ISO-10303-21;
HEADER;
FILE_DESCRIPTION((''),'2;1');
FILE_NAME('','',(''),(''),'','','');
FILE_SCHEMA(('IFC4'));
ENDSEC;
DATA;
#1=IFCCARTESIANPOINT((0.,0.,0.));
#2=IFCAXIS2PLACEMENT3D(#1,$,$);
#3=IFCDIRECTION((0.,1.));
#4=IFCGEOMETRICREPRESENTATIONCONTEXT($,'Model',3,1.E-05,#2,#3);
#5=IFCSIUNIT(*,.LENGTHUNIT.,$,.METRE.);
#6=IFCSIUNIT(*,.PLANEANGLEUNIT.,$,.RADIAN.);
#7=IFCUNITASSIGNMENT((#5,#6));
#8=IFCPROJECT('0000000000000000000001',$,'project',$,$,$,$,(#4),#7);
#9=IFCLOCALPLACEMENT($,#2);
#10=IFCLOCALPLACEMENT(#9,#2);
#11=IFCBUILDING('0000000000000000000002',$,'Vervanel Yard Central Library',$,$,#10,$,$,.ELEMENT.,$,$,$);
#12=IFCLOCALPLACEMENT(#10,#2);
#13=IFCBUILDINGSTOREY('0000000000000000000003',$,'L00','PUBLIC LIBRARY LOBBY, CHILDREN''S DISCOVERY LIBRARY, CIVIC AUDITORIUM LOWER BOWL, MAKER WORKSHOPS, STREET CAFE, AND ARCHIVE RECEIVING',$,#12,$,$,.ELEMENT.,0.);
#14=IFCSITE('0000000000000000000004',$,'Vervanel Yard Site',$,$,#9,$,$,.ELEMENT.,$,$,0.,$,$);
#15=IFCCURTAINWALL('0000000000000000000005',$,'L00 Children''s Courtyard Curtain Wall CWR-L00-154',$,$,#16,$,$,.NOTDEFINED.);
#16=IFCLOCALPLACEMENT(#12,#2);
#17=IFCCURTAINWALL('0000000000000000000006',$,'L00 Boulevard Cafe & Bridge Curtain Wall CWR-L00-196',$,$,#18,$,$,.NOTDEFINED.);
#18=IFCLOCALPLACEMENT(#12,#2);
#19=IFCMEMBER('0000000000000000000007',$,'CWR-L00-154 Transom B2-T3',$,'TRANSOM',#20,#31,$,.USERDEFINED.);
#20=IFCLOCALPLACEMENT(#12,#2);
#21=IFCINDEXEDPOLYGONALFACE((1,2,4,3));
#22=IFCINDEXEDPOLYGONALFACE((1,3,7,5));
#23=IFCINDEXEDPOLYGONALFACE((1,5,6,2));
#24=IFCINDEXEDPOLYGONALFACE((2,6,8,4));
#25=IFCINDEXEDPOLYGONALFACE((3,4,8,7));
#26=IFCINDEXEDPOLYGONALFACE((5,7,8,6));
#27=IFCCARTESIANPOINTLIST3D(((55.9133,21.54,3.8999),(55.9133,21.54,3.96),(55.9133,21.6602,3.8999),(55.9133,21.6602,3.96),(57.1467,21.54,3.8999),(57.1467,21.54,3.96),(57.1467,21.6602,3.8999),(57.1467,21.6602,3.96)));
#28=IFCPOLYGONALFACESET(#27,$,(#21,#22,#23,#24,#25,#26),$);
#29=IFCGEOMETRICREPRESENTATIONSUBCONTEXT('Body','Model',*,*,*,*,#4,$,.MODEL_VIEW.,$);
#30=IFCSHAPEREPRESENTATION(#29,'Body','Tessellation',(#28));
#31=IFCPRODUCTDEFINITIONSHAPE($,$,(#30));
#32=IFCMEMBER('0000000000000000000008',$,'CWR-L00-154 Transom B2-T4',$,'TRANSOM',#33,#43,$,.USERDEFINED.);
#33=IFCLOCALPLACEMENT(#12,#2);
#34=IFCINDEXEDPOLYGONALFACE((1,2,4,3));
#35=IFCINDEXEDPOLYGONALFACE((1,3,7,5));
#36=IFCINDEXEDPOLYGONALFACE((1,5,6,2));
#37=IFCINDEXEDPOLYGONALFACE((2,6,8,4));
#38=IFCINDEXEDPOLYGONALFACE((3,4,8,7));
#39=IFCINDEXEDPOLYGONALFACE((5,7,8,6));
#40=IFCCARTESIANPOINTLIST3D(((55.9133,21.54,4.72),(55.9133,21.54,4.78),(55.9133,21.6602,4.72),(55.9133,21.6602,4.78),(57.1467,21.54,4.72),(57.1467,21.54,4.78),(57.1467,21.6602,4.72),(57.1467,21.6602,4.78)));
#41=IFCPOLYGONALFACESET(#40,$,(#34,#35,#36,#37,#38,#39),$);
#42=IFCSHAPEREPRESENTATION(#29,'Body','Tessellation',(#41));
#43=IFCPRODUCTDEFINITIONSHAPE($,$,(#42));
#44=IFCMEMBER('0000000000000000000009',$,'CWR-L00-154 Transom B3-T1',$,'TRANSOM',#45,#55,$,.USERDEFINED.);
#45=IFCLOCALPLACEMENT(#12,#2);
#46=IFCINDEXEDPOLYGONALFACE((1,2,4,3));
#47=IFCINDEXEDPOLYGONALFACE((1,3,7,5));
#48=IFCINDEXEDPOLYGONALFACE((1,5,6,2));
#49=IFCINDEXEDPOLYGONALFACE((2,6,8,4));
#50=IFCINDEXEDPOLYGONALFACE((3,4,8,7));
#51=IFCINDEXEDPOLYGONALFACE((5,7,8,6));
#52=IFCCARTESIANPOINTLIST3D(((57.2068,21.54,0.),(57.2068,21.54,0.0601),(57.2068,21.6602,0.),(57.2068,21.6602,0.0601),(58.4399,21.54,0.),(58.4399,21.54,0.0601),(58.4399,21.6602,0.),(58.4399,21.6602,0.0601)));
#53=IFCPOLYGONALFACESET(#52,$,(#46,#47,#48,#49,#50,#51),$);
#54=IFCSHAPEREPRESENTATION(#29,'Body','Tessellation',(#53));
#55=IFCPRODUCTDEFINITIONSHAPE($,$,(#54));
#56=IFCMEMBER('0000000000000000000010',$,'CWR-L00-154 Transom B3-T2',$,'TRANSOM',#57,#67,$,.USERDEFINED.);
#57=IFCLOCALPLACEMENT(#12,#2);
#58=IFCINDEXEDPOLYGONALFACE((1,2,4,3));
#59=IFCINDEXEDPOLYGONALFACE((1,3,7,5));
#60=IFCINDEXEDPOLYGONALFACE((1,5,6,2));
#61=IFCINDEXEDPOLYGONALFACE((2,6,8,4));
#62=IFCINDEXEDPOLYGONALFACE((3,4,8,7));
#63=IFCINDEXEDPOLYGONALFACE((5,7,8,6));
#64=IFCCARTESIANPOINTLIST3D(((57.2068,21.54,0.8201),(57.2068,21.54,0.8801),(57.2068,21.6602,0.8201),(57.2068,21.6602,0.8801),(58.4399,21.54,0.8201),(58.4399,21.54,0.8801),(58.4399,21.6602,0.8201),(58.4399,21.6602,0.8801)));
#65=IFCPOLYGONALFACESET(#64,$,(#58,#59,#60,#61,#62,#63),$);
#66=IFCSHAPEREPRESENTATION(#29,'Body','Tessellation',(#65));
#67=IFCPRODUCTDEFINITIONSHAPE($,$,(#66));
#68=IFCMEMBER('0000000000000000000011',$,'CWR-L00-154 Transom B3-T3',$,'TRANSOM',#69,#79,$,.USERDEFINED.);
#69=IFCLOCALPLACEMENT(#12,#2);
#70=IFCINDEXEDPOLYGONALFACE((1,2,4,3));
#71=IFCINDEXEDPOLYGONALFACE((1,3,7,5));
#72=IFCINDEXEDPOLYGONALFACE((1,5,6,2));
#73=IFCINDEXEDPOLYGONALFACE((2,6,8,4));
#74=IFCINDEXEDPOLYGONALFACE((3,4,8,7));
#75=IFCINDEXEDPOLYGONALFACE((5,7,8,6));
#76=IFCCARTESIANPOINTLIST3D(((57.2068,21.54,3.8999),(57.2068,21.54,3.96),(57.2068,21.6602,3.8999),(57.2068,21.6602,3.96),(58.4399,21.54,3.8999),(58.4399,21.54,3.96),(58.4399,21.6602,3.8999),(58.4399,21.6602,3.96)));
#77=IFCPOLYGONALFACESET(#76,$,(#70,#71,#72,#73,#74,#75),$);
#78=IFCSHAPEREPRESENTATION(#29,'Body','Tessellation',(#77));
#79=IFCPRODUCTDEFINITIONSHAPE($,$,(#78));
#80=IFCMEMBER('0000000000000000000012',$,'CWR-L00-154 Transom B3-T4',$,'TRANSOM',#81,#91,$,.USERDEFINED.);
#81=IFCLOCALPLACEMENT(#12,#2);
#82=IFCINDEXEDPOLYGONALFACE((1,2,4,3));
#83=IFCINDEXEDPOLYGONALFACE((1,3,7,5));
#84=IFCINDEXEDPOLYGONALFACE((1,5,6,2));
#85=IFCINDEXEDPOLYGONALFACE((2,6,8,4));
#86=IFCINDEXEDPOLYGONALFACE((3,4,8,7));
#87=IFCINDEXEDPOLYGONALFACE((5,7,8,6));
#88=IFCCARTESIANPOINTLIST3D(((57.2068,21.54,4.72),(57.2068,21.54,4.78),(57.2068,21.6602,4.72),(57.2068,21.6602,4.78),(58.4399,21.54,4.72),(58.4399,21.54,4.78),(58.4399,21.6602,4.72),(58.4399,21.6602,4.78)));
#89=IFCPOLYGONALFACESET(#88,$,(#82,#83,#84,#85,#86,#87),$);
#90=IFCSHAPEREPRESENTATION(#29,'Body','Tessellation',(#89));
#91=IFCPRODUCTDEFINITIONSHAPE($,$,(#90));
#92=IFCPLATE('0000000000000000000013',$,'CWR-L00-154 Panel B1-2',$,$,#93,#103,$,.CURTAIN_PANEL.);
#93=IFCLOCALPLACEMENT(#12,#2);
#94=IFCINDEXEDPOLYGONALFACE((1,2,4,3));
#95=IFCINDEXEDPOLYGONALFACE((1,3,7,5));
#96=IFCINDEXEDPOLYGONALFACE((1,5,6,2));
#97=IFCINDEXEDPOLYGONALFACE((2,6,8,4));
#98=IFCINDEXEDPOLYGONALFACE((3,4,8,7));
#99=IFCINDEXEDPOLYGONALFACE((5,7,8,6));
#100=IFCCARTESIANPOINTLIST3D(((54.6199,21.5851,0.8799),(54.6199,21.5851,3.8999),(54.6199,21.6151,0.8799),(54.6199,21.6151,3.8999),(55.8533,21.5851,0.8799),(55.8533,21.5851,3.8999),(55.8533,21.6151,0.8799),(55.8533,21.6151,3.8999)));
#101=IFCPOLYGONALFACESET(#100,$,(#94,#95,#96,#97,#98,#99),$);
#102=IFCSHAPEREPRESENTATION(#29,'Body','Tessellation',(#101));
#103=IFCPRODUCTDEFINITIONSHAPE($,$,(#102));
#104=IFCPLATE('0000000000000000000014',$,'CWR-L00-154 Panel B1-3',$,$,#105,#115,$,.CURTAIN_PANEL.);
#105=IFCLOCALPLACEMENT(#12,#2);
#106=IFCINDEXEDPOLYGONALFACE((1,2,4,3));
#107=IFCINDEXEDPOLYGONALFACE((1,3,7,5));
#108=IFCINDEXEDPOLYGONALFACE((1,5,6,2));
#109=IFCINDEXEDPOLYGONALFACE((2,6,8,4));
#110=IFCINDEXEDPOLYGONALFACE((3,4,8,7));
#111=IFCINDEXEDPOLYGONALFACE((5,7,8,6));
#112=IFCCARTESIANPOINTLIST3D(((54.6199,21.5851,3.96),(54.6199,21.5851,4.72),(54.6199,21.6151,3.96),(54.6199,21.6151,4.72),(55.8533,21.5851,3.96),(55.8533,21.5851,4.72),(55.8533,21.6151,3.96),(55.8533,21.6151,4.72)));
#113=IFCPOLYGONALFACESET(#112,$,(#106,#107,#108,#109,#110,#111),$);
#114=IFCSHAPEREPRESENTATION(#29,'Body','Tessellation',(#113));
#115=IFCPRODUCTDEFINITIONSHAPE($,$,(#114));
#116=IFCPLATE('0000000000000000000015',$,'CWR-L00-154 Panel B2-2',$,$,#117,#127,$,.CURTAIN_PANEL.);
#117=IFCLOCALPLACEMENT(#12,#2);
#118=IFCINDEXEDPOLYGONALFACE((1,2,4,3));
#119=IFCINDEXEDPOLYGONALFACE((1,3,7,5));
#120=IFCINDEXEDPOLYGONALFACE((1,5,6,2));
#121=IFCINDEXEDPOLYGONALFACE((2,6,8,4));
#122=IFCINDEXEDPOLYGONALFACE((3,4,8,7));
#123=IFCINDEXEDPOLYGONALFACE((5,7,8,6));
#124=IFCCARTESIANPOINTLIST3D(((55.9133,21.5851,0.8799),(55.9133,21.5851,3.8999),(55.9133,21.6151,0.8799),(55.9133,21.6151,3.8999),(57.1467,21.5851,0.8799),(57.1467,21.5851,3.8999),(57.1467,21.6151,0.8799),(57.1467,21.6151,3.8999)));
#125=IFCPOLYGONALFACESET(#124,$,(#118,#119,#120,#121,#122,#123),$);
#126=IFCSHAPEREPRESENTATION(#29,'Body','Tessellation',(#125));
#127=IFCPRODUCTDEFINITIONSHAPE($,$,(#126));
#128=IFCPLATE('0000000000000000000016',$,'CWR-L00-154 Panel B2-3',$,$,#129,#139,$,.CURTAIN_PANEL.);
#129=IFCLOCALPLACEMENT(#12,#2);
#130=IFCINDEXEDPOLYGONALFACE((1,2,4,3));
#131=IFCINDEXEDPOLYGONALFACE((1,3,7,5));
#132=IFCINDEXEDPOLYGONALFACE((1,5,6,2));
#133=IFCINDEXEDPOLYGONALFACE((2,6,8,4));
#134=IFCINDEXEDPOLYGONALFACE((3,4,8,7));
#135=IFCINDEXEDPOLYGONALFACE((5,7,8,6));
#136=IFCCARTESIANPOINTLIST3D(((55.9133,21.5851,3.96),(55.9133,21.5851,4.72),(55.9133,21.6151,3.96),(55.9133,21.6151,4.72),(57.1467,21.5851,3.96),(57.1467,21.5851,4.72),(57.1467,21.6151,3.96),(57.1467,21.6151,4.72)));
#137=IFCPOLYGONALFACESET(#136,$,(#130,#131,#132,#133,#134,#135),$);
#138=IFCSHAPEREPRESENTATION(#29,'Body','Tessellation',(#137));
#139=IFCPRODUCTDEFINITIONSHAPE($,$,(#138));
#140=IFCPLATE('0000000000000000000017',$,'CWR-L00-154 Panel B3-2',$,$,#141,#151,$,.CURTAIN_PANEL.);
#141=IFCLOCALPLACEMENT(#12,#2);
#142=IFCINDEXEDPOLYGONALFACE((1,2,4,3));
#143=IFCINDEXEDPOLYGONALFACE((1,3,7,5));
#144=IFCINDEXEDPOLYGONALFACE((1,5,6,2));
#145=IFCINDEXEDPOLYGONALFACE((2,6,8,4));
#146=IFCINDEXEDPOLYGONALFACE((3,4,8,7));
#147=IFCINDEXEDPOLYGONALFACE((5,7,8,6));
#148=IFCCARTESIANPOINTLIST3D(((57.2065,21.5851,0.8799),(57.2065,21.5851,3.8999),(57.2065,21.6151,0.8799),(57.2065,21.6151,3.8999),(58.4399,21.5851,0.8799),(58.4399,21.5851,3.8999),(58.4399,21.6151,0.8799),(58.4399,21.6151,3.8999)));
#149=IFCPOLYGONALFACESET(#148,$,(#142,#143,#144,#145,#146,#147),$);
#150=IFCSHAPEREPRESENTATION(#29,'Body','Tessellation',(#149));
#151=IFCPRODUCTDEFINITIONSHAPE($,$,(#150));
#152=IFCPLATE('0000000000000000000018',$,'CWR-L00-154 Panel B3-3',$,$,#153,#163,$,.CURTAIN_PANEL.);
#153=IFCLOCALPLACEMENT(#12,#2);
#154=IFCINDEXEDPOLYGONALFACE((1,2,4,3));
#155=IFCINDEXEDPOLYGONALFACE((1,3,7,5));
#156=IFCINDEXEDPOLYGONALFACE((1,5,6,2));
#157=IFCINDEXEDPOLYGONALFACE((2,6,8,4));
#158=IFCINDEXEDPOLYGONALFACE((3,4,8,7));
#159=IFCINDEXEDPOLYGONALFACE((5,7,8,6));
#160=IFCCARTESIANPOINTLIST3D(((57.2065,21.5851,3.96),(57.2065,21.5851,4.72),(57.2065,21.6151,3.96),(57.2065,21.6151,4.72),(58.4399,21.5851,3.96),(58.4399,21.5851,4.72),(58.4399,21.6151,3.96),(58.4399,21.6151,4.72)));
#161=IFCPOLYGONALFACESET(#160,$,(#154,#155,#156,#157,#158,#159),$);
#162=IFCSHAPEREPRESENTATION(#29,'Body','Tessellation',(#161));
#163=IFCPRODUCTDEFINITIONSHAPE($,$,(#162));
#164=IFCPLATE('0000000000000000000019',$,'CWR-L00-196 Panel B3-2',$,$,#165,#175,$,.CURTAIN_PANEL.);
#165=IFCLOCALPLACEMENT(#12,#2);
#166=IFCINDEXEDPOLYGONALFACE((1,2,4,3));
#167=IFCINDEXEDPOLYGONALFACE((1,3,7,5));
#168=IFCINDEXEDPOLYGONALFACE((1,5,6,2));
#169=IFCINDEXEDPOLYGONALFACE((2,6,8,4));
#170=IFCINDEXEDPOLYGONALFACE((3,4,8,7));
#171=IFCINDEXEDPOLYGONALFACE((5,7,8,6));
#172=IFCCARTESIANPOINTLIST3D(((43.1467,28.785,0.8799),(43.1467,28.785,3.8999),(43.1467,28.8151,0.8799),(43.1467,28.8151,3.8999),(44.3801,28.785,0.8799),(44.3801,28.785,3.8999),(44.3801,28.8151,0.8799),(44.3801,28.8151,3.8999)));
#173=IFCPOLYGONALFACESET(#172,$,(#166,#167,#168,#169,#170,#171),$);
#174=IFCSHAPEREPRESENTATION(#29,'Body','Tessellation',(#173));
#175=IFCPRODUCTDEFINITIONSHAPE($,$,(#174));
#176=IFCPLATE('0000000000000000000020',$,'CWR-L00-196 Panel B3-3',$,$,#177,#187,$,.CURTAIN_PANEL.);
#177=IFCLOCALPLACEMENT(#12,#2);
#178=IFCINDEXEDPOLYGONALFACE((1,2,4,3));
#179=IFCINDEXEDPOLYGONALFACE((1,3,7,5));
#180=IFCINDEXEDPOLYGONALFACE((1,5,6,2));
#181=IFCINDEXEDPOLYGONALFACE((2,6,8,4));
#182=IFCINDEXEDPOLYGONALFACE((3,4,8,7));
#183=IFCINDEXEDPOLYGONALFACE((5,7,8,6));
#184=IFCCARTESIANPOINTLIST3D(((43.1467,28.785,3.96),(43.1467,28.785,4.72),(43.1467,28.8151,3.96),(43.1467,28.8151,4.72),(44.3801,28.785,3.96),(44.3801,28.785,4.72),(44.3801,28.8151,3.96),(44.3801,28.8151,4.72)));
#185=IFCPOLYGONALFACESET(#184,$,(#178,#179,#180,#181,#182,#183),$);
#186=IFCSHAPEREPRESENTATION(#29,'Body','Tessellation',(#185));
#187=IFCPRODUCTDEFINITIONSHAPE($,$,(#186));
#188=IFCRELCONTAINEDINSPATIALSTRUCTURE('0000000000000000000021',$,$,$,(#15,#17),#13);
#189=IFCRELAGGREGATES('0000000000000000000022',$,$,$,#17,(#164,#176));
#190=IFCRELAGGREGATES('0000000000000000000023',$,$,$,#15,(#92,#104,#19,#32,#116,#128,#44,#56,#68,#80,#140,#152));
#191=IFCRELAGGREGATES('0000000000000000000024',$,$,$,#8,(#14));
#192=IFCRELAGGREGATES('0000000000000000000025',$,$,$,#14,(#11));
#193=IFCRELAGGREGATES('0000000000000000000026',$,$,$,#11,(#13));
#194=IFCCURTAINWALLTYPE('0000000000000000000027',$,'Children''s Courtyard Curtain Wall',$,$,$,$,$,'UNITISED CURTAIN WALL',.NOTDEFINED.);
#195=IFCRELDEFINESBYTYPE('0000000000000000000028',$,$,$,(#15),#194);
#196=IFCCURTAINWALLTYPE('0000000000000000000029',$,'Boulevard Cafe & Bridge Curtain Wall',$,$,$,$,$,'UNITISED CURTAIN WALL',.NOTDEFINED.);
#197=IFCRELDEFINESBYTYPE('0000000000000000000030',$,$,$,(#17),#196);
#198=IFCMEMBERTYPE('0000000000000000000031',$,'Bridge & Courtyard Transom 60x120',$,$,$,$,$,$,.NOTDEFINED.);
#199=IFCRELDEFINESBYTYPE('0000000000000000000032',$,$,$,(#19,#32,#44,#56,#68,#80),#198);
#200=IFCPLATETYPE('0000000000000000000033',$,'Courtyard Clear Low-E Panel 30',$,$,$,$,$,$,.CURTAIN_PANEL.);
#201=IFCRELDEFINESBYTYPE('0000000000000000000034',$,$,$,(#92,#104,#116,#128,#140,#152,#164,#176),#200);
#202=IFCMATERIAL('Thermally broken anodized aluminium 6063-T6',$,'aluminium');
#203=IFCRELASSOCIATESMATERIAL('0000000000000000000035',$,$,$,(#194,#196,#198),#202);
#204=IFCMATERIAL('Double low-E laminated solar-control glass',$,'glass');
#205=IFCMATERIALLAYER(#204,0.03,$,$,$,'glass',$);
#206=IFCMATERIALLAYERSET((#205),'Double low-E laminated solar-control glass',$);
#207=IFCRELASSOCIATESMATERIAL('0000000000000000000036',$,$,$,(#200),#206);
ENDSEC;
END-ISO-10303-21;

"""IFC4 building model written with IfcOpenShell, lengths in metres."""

from ifc_helpers import new_model, si_unit, direction, frame, origin, origin_2d, place, context, subcontext, project, spatial, rectangle, extrude, material, layer, layer_set, material_profile, profile_set, type_object, element, aggregate, save


model = new_model("IFC4")

# Units and contexts
model_context = context("Model", 3, precision=1e-05, world=origin(), true_north=direction((0.0, 1.0)))
body_context = subcontext(model_context, "Body", "Model", "MODEL_VIEW")
ifc_project = project(units=[si_unit("LENGTHUNIT", "METRE"), si_unit("PLANEANGLEUNIT", "RADIAN")], contexts=[model_context])

# Site, building, storey
site_placement = place(None, origin())
site = spatial("IfcSite", under=ifc_project, at=site_placement, Name="Vervanel Yard Site", CompositionType="ELEMENT", RefElevation=0.0)
building_placement = place(site_placement, origin())
building = spatial("IfcBuilding", under=site, at=building_placement, Name="Vervanel Yard Central Library", CompositionType="ELEMENT")
storey_placement = place(building_placement, origin())
storey = spatial("IfcBuildingStorey", under=building, at=storey_placement, Name="L00", Description="PUBLIC LIBRARY LOBBY, CHILDREN'S DISCOVERY LIBRARY, CIVIC AUDITORIUM LOWER BOWL, MAKER WORKSHOPS, STREET CAFE, AND ARCHIVE RECEIVING", CompositionType="ELEMENT", Elevation=0.0)

# Curtain wall
ifc_material_1 = material(Name="Thermally broken anodized aluminium 6063-T6", Category="aluminium")
curtain_wall_type_1 = type_object("IfcCurtainWallType", Name="Children's Courtyard Curtain Wall", ElementType="UNITISED CURTAIN WALL", PredefinedType="NOTDEFINED", material=ifc_material_1)
curtain_wall_1_placement = place(storey_placement, origin())
curtain_wall_1 = element("IfcCurtainWall", 1, at=curtain_wall_1_placement, inside=storey, type_object=curtain_wall_type_1, Name="L00 Children's Courtyard Curtain Wall CWR-L00-154", PredefinedType="NOTDEFINED")

# Curtain wall
curtain_wall_type_2 = type_object("IfcCurtainWallType", Name="Boulevard Cafe & Bridge Curtain Wall", ElementType="UNITISED CURTAIN WALL", PredefinedType="NOTDEFINED", material=ifc_material_1)
curtain_wall_2_placement = place(storey_placement, origin())
curtain_wall_2 = element("IfcCurtainWall", 2, at=curtain_wall_2_placement, inside=storey, type_object=curtain_wall_type_2, Name="L00 Boulevard Cafe & Bridge Curtain Wall CWR-L00-196", PredefinedType="NOTDEFINED")

# Members
ifc_material_profile_1 = material_profile(ifc_material_1, rectangle(XDim=0.0601, YDim=0.1201, at=origin_2d()), Name="ALU 60x120", Category="aluminium")
ifc_profile_set_1 = profile_set([ifc_material_profile_1], Name="Thermally broken anodized aluminium 6063-T6")
member_type_1 = type_object("IfcMemberType", Name="Bridge & Courtyard Transom 60x120", PredefinedType="NOTDEFINED", material=ifc_profile_set_1)
member_1_placement = place(storey_placement, frame((55.9133, 21.6001, 3.9299), z_axis=(1.0, 0.0, 0.0), x_axis=(0.0, 0.0, 1.0)))
member_1 = element("IfcMember", 3, at=member_1_placement, type_object=member_type_1, Name="CWR-L00-154 Transom B2-T3", ObjectType="TRANSOM", PredefinedType="USERDEFINED", context=body_context, shape_type="SweptSolid", body=[
    extrude(rectangle(XDim=0.0601, YDim=0.1201, at=origin_2d()), origin(), (0.0, 0.0, 1.0), 1.2334),
])
member_2_placement = place(storey_placement, frame((55.9133, 21.6001, 4.75), z_axis=(1.0, 0.0, 0.0), x_axis=(0.0, 0.0, 1.0)))
member_2 = element("IfcMember", 4, at=member_2_placement, type_object=member_type_1, Name="CWR-L00-154 Transom B2-T4", ObjectType="TRANSOM", PredefinedType="USERDEFINED", context=body_context, shape_type="SweptSolid", body=[
    extrude(rectangle(XDim=0.0601, YDim=0.1201, at=origin_2d()), origin(), (0.0, 0.0, 1.0), 1.2334),
])
member_3_placement = place(storey_placement, frame((57.2068, 21.6001, 0.03), z_axis=(1.0, 0.0, 0.0), x_axis=(0.0, 0.0, 1.0)))
member_3 = element("IfcMember", 5, at=member_3_placement, type_object=member_type_1, Name="CWR-L00-154 Transom B3-T1", ObjectType="TRANSOM", PredefinedType="USERDEFINED", context=body_context, shape_type="SweptSolid", body=[
    extrude(rectangle(XDim=0.0601, YDim=0.1201, at=origin_2d()), origin(), (0.0, 0.0, 1.0), 1.2332),
])
member_4_placement = place(storey_placement, frame((57.2068, 21.6001, 0.8501), z_axis=(1.0, 0.0, 0.0), x_axis=(0.0, 0.0, 1.0)))
member_4 = element("IfcMember", 6, at=member_4_placement, type_object=member_type_1, Name="CWR-L00-154 Transom B3-T2", ObjectType="TRANSOM", PredefinedType="USERDEFINED", context=body_context, shape_type="SweptSolid", body=[
    extrude(rectangle(XDim=0.0601, YDim=0.1201, at=origin_2d()), origin(), (0.0, 0.0, 1.0), 1.2332),
])
member_5_placement = place(storey_placement, frame((57.2068, 21.6001, 3.9299), z_axis=(1.0, 0.0, 0.0), x_axis=(0.0, 0.0, 1.0)))
member_5 = element("IfcMember", 7, at=member_5_placement, type_object=member_type_1, Name="CWR-L00-154 Transom B3-T3", ObjectType="TRANSOM", PredefinedType="USERDEFINED", context=body_context, shape_type="SweptSolid", body=[
    extrude(rectangle(XDim=0.0601, YDim=0.1201, at=origin_2d()), origin(), (0.0, 0.0, 1.0), 1.2332),
])
member_6_placement = place(storey_placement, frame((57.2068, 21.6001, 4.75), z_axis=(1.0, 0.0, 0.0), x_axis=(0.0, 0.0, 1.0)))
member_6 = element("IfcMember", 8, at=member_6_placement, type_object=member_type_1, Name="CWR-L00-154 Transom B3-T4", ObjectType="TRANSOM", PredefinedType="USERDEFINED", context=body_context, shape_type="SweptSolid", body=[
    extrude(rectangle(XDim=0.0601, YDim=0.1201, at=origin_2d()), origin(), (0.0, 0.0, 1.0), 1.2332),
])

# Plates
ifc_material_2 = material(Name="Double low-E laminated solar-control glass", Category="glass")
ifc_layer_1 = layer(ifc_material_2, 0.03, Category="glass")
ifc_layer_set_1 = layer_set([ifc_layer_1], Name="Double low-E laminated solar-control glass")
plate_type_1 = type_object("IfcPlateType", Name="Courtyard Clear Low-E Panel 30", PredefinedType="CURTAIN_PANEL", material=ifc_layer_set_1)
plate_1_placement = place(storey_placement, frame((55.2366, 21.6001, 0.8799), z_axis=(0.0, 0.0, 1.0), x_axis=(1.0, 0.0, 0.0)))
plate_1 = element("IfcPlate", 9, at=plate_1_placement, type_object=plate_type_1, Name="CWR-L00-154 Panel B1-2", PredefinedType="CURTAIN_PANEL", context=body_context, shape_type="SweptSolid", body=[
    extrude(rectangle(XDim=1.2334, YDim=0.03, at=origin_2d()), origin(), (0.0, 0.0, 1.0), 3.02),
])
plate_2_placement = place(storey_placement, frame((55.2366, 21.6001, 3.96), z_axis=(0.0, 0.0, 1.0), x_axis=(1.0, 0.0, 0.0)))
plate_2 = element("IfcPlate", 10, at=plate_2_placement, type_object=plate_type_1, Name="CWR-L00-154 Panel B1-3", PredefinedType="CURTAIN_PANEL", context=body_context, shape_type="SweptSolid", body=[
    extrude(rectangle(XDim=1.2334, YDim=0.03, at=origin_2d()), origin(), (0.0, 0.0, 1.0), 0.76),
])
plate_3_placement = place(storey_placement, frame((56.53, 21.6001, 0.8799), z_axis=(0.0, 0.0, 1.0), x_axis=(1.0, 0.0, 0.0)))
plate_3 = element("IfcPlate", 11, at=plate_3_placement, type_object=plate_type_1, Name="CWR-L00-154 Panel B2-2", PredefinedType="CURTAIN_PANEL", context=body_context, shape_type="SweptSolid", body=[
    extrude(rectangle(XDim=1.2334, YDim=0.03, at=origin_2d()), origin(), (0.0, 0.0, 1.0), 3.02),
])
plate_4_placement = place(storey_placement, frame((56.53, 21.6001, 3.96), z_axis=(0.0, 0.0, 1.0), x_axis=(1.0, 0.0, 0.0)))
plate_4 = element("IfcPlate", 12, at=plate_4_placement, type_object=plate_type_1, Name="CWR-L00-154 Panel B2-3", PredefinedType="CURTAIN_PANEL", context=body_context, shape_type="SweptSolid", body=[
    extrude(rectangle(XDim=1.2334, YDim=0.03, at=origin_2d()), origin(), (0.0, 0.0, 1.0), 0.76),
])
plate_5_placement = place(storey_placement, frame((57.8232, 21.6001, 0.8799), z_axis=(0.0, 0.0, 1.0), x_axis=(1.0, 0.0, 0.0)))
plate_5 = element("IfcPlate", 13, at=plate_5_placement, type_object=plate_type_1, Name="CWR-L00-154 Panel B3-2", PredefinedType="CURTAIN_PANEL", context=body_context, shape_type="SweptSolid", body=[
    extrude(rectangle(XDim=1.2334, YDim=0.03, at=origin_2d()), origin(), (0.0, 0.0, 1.0), 3.02),
])
plate_6_placement = place(storey_placement, frame((57.8232, 21.6001, 3.96), z_axis=(0.0, 0.0, 1.0), x_axis=(1.0, 0.0, 0.0)))
plate_6 = element("IfcPlate", 14, at=plate_6_placement, type_object=plate_type_1, Name="CWR-L00-154 Panel B3-3", PredefinedType="CURTAIN_PANEL", context=body_context, shape_type="SweptSolid", body=[
    extrude(rectangle(XDim=1.2334, YDim=0.03, at=origin_2d()), origin(), (0.0, 0.0, 1.0), 0.76),
])
plate_7_placement = place(storey_placement, frame((43.7634, 28.8, 0.8799), z_axis=(0.0, 0.0, 1.0), x_axis=(1.0, 0.0, 0.0)))
plate_7 = element("IfcPlate", 15, at=plate_7_placement, type_object=plate_type_1, Name="CWR-L00-196 Panel B3-2", PredefinedType="CURTAIN_PANEL", context=body_context, shape_type="SweptSolid", body=[
    extrude(rectangle(XDim=1.2334, YDim=0.03, at=origin_2d()), origin(), (0.0, 0.0, 1.0), 3.02),
])
plate_8_placement = place(storey_placement, frame((43.7634, 28.8, 3.96), z_axis=(0.0, 0.0, 1.0), x_axis=(1.0, 0.0, 0.0)))
plate_8 = element("IfcPlate", 16, at=plate_8_placement, type_object=plate_type_1, Name="CWR-L00-196 Panel B3-3", PredefinedType="CURTAIN_PANEL", context=body_context, shape_type="SweptSolid", body=[
    extrude(rectangle(XDim=1.2334, YDim=0.03, at=origin_2d()), origin(), (0.0, 0.0, 1.0), 0.76),
])
aggregate(curtain_wall_2, [plate_7, plate_8])
aggregate(curtain_wall_1, [plate_1, plate_2, member_1, member_2, plate_3, plate_4, member_3, member_4, member_5, member_6, plate_5, plate_6])

save(model, "model.ifc")
